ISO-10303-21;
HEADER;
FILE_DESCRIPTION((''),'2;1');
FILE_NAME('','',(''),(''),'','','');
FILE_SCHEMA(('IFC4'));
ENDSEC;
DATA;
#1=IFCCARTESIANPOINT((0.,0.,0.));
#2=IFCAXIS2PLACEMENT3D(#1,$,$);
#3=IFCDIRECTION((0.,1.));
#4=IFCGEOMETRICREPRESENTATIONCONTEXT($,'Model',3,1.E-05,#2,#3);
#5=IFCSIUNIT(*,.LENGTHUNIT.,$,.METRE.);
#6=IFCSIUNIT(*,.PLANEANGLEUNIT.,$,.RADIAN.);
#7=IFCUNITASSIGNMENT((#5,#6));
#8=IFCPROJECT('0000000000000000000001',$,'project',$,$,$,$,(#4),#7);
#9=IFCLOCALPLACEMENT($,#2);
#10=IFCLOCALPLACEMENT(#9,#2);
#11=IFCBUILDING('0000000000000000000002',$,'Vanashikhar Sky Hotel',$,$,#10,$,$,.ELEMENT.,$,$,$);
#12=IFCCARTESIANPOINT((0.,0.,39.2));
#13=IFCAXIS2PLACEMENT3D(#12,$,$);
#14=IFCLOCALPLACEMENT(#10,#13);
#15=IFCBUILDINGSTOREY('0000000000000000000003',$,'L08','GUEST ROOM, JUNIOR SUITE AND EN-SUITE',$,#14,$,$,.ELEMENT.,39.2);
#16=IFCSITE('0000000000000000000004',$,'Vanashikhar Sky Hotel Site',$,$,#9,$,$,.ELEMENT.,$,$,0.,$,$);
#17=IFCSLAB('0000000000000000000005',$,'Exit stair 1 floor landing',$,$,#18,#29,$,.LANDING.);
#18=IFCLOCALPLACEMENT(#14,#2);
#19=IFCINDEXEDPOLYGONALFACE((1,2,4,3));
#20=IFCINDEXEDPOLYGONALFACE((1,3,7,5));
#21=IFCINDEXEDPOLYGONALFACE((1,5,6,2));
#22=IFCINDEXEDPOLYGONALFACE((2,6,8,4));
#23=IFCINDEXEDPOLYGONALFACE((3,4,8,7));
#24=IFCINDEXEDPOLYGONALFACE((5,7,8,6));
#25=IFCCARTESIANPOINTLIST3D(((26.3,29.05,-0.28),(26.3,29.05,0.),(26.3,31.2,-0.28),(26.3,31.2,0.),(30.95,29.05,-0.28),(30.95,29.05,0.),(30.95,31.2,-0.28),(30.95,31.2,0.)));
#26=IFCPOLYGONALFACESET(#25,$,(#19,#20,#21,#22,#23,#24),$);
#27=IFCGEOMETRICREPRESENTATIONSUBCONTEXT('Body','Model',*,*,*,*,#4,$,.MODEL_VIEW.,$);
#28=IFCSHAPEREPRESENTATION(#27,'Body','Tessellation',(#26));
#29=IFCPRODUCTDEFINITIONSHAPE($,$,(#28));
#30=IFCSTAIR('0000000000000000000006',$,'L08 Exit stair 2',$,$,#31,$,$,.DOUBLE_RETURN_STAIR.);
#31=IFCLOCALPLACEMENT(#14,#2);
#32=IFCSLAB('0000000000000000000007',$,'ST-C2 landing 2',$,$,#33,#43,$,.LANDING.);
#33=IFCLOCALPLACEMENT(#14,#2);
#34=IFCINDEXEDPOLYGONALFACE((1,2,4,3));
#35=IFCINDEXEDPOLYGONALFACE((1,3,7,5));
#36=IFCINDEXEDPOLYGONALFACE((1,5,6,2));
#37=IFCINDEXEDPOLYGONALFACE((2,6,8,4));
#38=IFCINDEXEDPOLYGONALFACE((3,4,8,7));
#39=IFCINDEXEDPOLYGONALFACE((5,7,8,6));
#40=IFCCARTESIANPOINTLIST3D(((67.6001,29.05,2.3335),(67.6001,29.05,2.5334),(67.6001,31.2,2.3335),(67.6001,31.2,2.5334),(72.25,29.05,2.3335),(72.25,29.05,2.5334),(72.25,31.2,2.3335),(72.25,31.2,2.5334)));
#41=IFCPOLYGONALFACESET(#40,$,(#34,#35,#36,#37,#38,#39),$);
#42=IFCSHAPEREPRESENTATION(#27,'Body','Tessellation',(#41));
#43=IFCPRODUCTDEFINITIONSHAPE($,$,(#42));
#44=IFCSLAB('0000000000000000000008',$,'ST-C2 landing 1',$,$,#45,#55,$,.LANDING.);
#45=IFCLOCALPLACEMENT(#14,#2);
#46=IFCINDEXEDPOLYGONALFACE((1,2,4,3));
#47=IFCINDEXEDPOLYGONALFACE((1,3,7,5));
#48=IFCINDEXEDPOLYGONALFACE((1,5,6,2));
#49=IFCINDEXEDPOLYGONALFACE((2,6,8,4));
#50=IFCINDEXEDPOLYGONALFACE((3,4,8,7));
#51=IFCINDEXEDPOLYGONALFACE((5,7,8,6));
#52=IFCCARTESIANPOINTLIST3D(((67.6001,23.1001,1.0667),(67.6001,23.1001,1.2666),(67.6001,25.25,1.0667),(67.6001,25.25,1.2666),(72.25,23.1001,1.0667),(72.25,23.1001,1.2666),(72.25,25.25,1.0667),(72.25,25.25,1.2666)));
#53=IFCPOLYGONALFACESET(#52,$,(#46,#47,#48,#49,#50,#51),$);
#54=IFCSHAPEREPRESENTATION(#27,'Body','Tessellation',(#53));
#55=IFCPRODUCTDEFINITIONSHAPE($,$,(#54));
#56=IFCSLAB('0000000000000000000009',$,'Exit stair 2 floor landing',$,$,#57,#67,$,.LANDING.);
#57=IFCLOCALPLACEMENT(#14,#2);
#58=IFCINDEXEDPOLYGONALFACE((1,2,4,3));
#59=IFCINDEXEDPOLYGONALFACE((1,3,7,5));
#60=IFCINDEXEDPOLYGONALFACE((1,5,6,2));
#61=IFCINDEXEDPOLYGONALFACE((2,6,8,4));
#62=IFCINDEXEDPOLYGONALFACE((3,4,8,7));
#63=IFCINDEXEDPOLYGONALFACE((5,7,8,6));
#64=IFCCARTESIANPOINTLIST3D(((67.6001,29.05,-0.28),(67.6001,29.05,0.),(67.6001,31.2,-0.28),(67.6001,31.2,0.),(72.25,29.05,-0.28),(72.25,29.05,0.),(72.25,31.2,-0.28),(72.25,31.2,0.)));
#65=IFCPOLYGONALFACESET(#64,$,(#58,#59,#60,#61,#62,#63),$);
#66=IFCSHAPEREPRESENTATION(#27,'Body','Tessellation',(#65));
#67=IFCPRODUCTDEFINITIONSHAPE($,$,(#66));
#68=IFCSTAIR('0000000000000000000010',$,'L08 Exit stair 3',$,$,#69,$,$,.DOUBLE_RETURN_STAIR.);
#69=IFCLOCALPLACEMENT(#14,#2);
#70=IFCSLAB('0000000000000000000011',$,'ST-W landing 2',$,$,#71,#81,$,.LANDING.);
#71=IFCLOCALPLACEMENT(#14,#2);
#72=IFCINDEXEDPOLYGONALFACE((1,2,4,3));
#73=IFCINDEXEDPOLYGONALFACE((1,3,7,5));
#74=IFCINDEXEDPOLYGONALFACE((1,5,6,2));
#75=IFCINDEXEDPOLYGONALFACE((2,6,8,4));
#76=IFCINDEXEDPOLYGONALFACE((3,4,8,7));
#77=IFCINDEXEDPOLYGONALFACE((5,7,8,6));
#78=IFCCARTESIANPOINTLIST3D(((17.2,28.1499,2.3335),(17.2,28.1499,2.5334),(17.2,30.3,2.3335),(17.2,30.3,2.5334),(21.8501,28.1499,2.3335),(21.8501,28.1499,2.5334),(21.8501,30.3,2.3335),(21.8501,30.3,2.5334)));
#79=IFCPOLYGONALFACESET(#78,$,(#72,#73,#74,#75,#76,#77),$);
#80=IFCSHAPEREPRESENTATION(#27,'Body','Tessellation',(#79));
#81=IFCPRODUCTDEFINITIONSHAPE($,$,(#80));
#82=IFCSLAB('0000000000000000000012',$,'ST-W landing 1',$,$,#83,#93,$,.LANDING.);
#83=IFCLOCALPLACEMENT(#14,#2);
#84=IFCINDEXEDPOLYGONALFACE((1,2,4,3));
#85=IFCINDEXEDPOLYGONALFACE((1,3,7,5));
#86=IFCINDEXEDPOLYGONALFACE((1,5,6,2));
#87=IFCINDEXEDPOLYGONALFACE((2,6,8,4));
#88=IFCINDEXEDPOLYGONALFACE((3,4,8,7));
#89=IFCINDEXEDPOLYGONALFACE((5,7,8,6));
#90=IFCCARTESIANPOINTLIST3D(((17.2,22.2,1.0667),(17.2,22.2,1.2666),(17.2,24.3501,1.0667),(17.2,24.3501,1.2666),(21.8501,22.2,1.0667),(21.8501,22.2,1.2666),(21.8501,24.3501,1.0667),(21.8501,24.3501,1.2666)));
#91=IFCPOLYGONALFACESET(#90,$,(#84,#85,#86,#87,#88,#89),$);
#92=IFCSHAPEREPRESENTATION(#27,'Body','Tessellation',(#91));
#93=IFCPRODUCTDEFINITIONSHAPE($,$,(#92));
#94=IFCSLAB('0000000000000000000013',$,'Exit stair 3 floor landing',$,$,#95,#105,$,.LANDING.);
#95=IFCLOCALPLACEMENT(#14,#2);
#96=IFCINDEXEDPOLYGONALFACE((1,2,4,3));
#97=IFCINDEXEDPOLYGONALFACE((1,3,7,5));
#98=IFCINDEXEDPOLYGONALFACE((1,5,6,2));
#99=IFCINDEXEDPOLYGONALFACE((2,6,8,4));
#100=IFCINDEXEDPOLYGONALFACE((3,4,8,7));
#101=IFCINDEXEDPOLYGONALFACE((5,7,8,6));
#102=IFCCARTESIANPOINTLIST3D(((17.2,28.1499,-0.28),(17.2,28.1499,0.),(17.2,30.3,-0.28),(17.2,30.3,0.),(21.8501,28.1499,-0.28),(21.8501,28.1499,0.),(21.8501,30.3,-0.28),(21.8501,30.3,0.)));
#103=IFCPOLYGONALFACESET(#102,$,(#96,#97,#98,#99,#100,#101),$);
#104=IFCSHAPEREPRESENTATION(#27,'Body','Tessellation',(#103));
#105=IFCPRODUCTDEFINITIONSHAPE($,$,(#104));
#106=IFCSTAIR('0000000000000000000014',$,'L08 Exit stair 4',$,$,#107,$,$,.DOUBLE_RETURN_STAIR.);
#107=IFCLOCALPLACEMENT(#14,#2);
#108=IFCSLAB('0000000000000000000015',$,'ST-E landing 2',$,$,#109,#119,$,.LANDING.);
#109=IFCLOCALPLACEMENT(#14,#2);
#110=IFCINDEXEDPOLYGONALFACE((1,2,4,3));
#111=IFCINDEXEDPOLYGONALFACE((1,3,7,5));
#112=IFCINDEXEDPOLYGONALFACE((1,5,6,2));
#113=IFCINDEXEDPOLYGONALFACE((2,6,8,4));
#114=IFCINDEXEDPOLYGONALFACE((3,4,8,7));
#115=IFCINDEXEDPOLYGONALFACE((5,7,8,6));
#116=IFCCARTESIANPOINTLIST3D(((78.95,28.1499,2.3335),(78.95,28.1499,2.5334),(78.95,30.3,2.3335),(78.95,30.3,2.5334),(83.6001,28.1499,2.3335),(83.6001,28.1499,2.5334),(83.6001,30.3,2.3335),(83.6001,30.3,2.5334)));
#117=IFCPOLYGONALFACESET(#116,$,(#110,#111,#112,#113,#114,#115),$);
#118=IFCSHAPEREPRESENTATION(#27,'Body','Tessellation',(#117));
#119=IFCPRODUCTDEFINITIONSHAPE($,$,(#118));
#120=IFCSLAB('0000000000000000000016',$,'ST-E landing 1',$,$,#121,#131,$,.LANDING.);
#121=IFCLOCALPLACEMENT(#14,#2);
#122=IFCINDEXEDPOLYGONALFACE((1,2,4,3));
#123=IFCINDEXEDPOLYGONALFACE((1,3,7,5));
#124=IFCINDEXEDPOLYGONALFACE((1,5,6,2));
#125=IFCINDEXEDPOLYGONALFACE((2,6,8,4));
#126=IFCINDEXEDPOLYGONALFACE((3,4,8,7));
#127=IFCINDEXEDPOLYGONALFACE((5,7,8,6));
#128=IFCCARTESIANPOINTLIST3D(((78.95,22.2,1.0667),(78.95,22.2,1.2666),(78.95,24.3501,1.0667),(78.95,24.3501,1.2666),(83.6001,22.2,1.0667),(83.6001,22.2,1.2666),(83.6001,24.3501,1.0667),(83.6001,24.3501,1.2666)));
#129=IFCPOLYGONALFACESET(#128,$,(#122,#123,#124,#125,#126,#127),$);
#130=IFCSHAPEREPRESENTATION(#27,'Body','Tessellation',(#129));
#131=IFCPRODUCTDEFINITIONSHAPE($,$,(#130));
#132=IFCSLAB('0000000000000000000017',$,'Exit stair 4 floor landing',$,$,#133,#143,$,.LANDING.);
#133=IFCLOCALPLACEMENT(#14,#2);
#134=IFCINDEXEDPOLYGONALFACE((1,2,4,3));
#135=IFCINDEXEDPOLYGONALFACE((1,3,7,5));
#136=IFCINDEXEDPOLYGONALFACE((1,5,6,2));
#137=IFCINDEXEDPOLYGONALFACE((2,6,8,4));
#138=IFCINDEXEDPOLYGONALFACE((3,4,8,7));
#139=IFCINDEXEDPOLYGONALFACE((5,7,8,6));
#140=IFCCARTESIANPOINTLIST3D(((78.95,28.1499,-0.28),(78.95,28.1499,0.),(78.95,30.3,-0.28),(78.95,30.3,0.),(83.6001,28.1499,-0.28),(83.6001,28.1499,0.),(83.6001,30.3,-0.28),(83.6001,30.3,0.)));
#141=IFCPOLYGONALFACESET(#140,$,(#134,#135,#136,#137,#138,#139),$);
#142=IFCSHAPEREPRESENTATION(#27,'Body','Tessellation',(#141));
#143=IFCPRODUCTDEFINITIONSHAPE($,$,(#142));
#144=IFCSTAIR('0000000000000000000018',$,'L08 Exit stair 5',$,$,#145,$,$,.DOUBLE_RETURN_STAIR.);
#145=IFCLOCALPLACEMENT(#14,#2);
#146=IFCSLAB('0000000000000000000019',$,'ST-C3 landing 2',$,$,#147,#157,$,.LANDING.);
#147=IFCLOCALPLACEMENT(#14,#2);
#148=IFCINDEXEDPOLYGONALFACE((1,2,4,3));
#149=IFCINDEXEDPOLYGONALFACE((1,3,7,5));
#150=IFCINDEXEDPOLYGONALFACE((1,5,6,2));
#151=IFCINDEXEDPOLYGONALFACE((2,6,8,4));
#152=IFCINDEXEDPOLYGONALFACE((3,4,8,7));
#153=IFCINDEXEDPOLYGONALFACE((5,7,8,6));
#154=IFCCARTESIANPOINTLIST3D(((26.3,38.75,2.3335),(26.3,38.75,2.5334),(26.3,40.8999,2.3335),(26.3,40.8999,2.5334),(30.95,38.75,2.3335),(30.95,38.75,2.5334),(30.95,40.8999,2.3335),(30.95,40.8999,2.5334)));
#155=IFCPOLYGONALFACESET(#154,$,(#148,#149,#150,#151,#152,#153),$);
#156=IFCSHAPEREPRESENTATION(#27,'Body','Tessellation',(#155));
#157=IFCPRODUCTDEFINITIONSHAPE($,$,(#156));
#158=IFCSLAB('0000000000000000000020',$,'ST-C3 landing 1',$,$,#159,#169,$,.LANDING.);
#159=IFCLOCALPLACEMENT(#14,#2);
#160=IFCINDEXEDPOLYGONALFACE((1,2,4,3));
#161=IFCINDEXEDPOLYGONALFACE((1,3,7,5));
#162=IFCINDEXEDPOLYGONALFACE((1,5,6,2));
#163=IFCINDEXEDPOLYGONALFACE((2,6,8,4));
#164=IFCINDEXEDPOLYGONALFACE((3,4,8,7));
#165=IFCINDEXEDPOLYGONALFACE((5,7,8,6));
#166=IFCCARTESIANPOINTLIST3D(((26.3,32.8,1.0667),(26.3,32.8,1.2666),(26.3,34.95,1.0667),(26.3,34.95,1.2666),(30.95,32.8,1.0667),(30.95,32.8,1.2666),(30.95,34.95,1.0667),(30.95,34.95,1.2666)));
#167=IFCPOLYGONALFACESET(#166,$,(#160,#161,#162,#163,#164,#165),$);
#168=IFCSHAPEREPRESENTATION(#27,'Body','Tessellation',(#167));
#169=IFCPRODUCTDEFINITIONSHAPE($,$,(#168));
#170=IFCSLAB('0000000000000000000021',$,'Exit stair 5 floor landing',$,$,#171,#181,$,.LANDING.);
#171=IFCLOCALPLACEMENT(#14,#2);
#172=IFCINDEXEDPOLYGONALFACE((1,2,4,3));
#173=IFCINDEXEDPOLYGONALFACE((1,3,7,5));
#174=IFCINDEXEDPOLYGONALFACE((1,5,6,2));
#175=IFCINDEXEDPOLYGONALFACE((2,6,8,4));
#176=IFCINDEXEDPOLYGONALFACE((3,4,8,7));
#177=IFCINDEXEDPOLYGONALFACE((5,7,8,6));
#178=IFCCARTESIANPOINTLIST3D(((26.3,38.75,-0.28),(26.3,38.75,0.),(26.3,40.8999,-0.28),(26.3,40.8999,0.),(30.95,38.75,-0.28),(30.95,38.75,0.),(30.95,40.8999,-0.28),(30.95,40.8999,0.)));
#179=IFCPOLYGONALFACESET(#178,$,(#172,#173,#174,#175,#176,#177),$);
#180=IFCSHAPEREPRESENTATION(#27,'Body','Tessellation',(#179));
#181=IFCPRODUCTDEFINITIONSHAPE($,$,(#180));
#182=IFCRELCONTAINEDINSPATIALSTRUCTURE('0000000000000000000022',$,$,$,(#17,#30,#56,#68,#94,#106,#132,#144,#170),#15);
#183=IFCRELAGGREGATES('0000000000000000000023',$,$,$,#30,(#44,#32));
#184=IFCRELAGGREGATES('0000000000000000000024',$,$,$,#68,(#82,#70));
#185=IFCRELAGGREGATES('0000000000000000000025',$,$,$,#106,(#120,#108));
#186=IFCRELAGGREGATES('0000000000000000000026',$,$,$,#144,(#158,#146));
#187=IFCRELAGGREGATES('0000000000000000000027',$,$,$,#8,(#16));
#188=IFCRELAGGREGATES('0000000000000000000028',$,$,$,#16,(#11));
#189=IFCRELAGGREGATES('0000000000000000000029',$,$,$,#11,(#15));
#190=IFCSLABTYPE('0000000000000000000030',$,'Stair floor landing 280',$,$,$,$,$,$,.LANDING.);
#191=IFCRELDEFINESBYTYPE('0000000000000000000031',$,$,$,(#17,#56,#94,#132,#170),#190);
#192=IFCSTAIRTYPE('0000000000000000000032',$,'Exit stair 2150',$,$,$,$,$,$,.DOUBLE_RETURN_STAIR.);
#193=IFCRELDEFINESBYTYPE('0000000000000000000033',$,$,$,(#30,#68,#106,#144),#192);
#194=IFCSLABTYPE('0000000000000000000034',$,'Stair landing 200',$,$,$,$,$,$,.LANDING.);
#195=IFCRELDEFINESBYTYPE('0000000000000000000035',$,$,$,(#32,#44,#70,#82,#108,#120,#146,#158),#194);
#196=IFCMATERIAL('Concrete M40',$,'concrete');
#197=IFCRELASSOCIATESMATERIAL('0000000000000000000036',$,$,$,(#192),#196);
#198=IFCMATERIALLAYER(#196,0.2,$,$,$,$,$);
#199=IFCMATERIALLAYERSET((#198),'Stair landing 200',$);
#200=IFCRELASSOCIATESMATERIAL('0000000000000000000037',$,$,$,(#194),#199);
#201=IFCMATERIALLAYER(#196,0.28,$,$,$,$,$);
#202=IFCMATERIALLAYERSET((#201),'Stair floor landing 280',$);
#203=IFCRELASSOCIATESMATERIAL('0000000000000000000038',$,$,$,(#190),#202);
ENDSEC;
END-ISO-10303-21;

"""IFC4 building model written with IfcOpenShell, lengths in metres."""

from ifc_helpers import new_model, si_unit, direction, frame, origin, place, context, subcontext, project, spatial, polyline, outline, extrude, source, transform, mapped, material, layer, layer_set, type_object, element, aggregate, save


model = new_model("IFC4")

# Units and contexts
model_context = context("Model", 3, precision=1e-05, world=origin(), true_north=direction((0.0, 1.0)))
body_context = subcontext(model_context, "Body", "Model", "MODEL_VIEW")
ifc_project = project(units=[si_unit("LENGTHUNIT", "METRE"), si_unit("PLANEANGLEUNIT", "RADIAN")], contexts=[model_context])

# Site, building, storey
site_placement = place(None, origin())
site = spatial("IfcSite", under=ifc_project, at=site_placement, Name="Vanashikhar Sky Hotel Site", CompositionType="ELEMENT", RefElevation=0.0)
building_placement = place(site_placement, origin())
building = spatial("IfcBuilding", under=site, at=building_placement, Name="Vanashikhar Sky Hotel", CompositionType="ELEMENT")
storey_placement = place(building_placement, frame((0.0, 0.0, 39.2)))
storey = spatial("IfcBuildingStorey", under=building, at=storey_placement, Name="L08", Description="GUEST ROOM, JUNIOR SUITE AND EN-SUITE", CompositionType="ELEMENT", Elevation=39.2)

# Shared definitions
ifc_material_1 = material(Name="Concrete M40", Category="concrete")

# Shared definitions
stair_type = type_object("IfcStairType", Name="Exit stair 2150", PredefinedType="DOUBLE_RETURN_STAIR", material=ifc_material_1)
ifc_layer_1 = layer(ifc_material_1, 0.2)
ifc_layer_set_1 = layer_set([ifc_layer_1], Name="Stair landing 200")
slab_type_1 = type_object("IfcSlabType", Name="Stair landing 200", PredefinedType="LANDING", material=ifc_layer_set_1)

# Slab
ifc_layer_2 = layer(ifc_material_1, 0.28)
ifc_layer_set_2 = layer_set([ifc_layer_2], Name="Stair floor landing 280")
slab_type_2 = type_object("IfcSlabType", Name="Stair floor landing 280", PredefinedType="LANDING", material=ifc_layer_set_2)
shared_shape_1 = source(origin(), body_context, "Body", "SweptSolid", [
    extrude(outline(polyline([(30.95, 29.05), (30.95, 31.2), (26.3, 31.2), (26.3, 29.05), (30.95, 29.05)])), origin(), (0.0, 0.0, 1.0), 0.28),
])
slab_1_placement = place(storey_placement, frame((0.0, 0.0, -0.28)))
element("IfcSlab", 1, at=slab_1_placement, inside=storey, type_object=slab_type_2, Name="Exit stair 1 floor landing", PredefinedType="LANDING", context=body_context, shape_type="MappedRepresentation", body=[
    mapped(shared_shape_1, transform((0.0, 0.0, 0.0), scale=1.0)),
])

# Stair, slabs
stair_1_placement = place(storey_placement, origin())
stair_1 = element("IfcStair", 2, at=stair_1_placement, inside=storey, type_object=stair_type, Name="L08 Exit stair 2", PredefinedType="DOUBLE_RETURN_STAIR")
shared_shape_2 = source(origin(), body_context, "Body", "SweptSolid", [
    extrude(outline(polyline([(72.25, 29.05), (72.25, 31.2), (67.6001, 31.2), (67.6001, 29.05), (72.25, 29.05)])), origin(), (0.0, 0.0, 1.0), 0.2),
])
slab_2_placement = place(storey_placement, frame((0.0, 0.0, 2.3335)))
slab_2 = element("IfcSlab", 3, at=slab_2_placement, type_object=slab_type_1, Name="ST-C2 landing 2", PredefinedType="LANDING", context=body_context, shape_type="MappedRepresentation", body=[
    mapped(shared_shape_2, transform((0.0, 0.0, 0.0), scale=1.0)),
])
shared_shape_3 = source(origin(), body_context, "Body", "SweptSolid", [
    extrude(outline(polyline([(72.25, 23.1001), (72.25, 25.25), (67.6001, 25.25), (67.6001, 23.1001), (72.25, 23.1001)])), origin(), (0.0, 0.0, 1.0), 0.2),
])
slab_3_placement = place(storey_placement, frame((0.0, 0.0, 1.0667)))
slab_3 = element("IfcSlab", 4, at=slab_3_placement, type_object=slab_type_1, Name="ST-C2 landing 1", PredefinedType="LANDING", context=body_context, shape_type="MappedRepresentation", body=[
    mapped(shared_shape_3, transform((0.0, 0.0, 0.0), scale=1.0)),
])
aggregate(stair_1, [slab_3, slab_2])

# Slab
shared_shape_4 = source(origin(), body_context, "Body", "SweptSolid", [
    extrude(outline(polyline([(72.25, 29.05), (72.25, 31.2), (67.6001, 31.2), (67.6001, 29.05), (72.25, 29.05)])), origin(), (0.0, 0.0, 1.0), 0.28),
])
slab_4_placement = place(storey_placement, frame((0.0, 0.0, -0.28)))
element("IfcSlab", 5, at=slab_4_placement, inside=storey, type_object=slab_type_2, Name="Exit stair 2 floor landing", PredefinedType="LANDING", context=body_context, shape_type="MappedRepresentation", body=[
    mapped(shared_shape_4, transform((0.0, 0.0, 0.0), scale=1.0)),
])

# Stair, slabs
stair_2_placement = place(storey_placement, origin())
stair_2 = element("IfcStair", 6, at=stair_2_placement, inside=storey, type_object=stair_type, Name="L08 Exit stair 3", PredefinedType="DOUBLE_RETURN_STAIR")
shared_shape_5 = source(origin(), body_context, "Body", "SweptSolid", [
    extrude(outline(polyline([(21.8501, 28.1499), (21.8501, 30.3), (17.2, 30.3), (17.2, 28.1499), (21.8501, 28.1499)])), origin(), (0.0, 0.0, 1.0), 0.2),
])
slab_5_placement = place(storey_placement, frame((0.0, 0.0, 2.3335)))
slab_5 = element("IfcSlab", 7, at=slab_5_placement, type_object=slab_type_1, Name="ST-W landing 2", PredefinedType="LANDING", context=body_context, shape_type="MappedRepresentation", body=[
    mapped(shared_shape_5, transform((0.0, 0.0, 0.0), scale=1.0)),
])
shared_shape_6 = source(origin(), body_context, "Body", "SweptSolid", [
    extrude(outline(polyline([(21.8501, 22.2), (21.8501, 24.3501), (17.2, 24.3501), (17.2, 22.2), (21.8501, 22.2)])), origin(), (0.0, 0.0, 1.0), 0.2),
])
slab_6_placement = place(storey_placement, frame((0.0, 0.0, 1.0667)))
slab_6 = element("IfcSlab", 8, at=slab_6_placement, type_object=slab_type_1, Name="ST-W landing 1", PredefinedType="LANDING", context=body_context, shape_type="MappedRepresentation", body=[
    mapped(shared_shape_6, transform((0.0, 0.0, 0.0), scale=1.0)),
])
aggregate(stair_2, [slab_6, slab_5])

# Slab
shared_shape_7 = source(origin(), body_context, "Body", "SweptSolid", [
    extrude(outline(polyline([(21.8501, 28.1499), (21.8501, 30.3), (17.2, 30.3), (17.2, 28.1499), (21.8501, 28.1499)])), origin(), (0.0, 0.0, 1.0), 0.28),
])
slab_7_placement = place(storey_placement, frame((0.0, 0.0, -0.28)))
element("IfcSlab", 9, at=slab_7_placement, inside=storey, type_object=slab_type_2, Name="Exit stair 3 floor landing", PredefinedType="LANDING", context=body_context, shape_type="MappedRepresentation", body=[
    mapped(shared_shape_7, transform((0.0, 0.0, 0.0), scale=1.0)),
])

# Stair, slabs
stair_3_placement = place(storey_placement, origin())
stair_3 = element("IfcStair", 10, at=stair_3_placement, inside=storey, type_object=stair_type, Name="L08 Exit stair 4", PredefinedType="DOUBLE_RETURN_STAIR")
shared_shape_8 = source(origin(), body_context, "Body", "SweptSolid", [
    extrude(outline(polyline([(83.6001, 28.1499), (83.6001, 30.3), (78.95, 30.3), (78.95, 28.1499), (83.6001, 28.1499)])), origin(), (0.0, 0.0, 1.0), 0.2),
])
slab_8_placement = place(storey_placement, frame((0.0, 0.0, 2.3335)))
slab_8 = element("IfcSlab", 11, at=slab_8_placement, type_object=slab_type_1, Name="ST-E landing 2", PredefinedType="LANDING", context=body_context, shape_type="MappedRepresentation", body=[
    mapped(shared_shape_8, transform((0.0, 0.0, 0.0), scale=1.0)),
])
shared_shape_9 = source(origin(), body_context, "Body", "SweptSolid", [
    extrude(outline(polyline([(83.6001, 22.2), (83.6001, 24.3501), (78.95, 24.3501), (78.95, 22.2), (83.6001, 22.2)])), origin(), (0.0, 0.0, 1.0), 0.2),
])
slab_9_placement = place(storey_placement, frame((0.0, 0.0, 1.0667)))
slab_9 = element("IfcSlab", 12, at=slab_9_placement, type_object=slab_type_1, Name="ST-E landing 1", PredefinedType="LANDING", context=body_context, shape_type="MappedRepresentation", body=[
    mapped(shared_shape_9, transform((0.0, 0.0, 0.0), scale=1.0)),
])
aggregate(stair_3, [slab_9, slab_8])

# Slab
shared_shape_10 = source(origin(), body_context, "Body", "SweptSolid", [
    extrude(outline(polyline([(83.6001, 28.1499), (83.6001, 30.3), (78.95, 30.3), (78.95, 28.1499), (83.6001, 28.1499)])), origin(), (0.0, 0.0, 1.0), 0.28),
])
slab_10_placement = place(storey_placement, frame((0.0, 0.0, -0.28)))
element("IfcSlab", 13, at=slab_10_placement, inside=storey, type_object=slab_type_2, Name="Exit stair 4 floor landing", PredefinedType="LANDING", context=body_context, shape_type="MappedRepresentation", body=[
    mapped(shared_shape_10, transform((0.0, 0.0, 0.0), scale=1.0)),
])

# Stair, slabs
stair_4_placement = place(storey_placement, origin())
stair_4 = element("IfcStair", 14, at=stair_4_placement, inside=storey, type_object=stair_type, Name="L08 Exit stair 5", PredefinedType="DOUBLE_RETURN_STAIR")
shared_shape_11 = source(origin(), body_context, "Body", "SweptSolid", [
    extrude(outline(polyline([(30.95, 38.75), (30.95, 40.8999), (26.3, 40.8999), (26.3, 38.75), (30.95, 38.75)])), origin(), (0.0, 0.0, 1.0), 0.2),
])
slab_11_placement = place(storey_placement, frame((0.0, 0.0, 2.3335)))
slab_11 = element("IfcSlab", 15, at=slab_11_placement, type_object=slab_type_1, Name="ST-C3 landing 2", PredefinedType="LANDING", context=body_context, shape_type="MappedRepresentation", body=[
    mapped(shared_shape_11, transform((0.0, 0.0, 0.0), scale=1.0)),
])
shared_shape_12 = source(origin(), body_context, "Body", "SweptSolid", [
    extrude(outline(polyline([(30.95, 32.8), (30.95, 34.95), (26.3, 34.95), (26.3, 32.8), (30.95, 32.8)])), origin(), (0.0, 0.0, 1.0), 0.2),
])
slab_12_placement = place(storey_placement, frame((0.0, 0.0, 1.0667)))
slab_12 = element("IfcSlab", 16, at=slab_12_placement, type_object=slab_type_1, Name="ST-C3 landing 1", PredefinedType="LANDING", context=body_context, shape_type="MappedRepresentation", body=[
    mapped(shared_shape_12, transform((0.0, 0.0, 0.0), scale=1.0)),
])
aggregate(stair_4, [slab_12, slab_11])

# Slab
shared_shape_13 = source(origin(), body_context, "Body", "SweptSolid", [
    extrude(outline(polyline([(30.95, 38.75), (30.95, 40.8999), (26.3, 40.8999), (26.3, 38.75), (30.95, 38.75)])), origin(), (0.0, 0.0, 1.0), 0.28),
])
slab_13_placement = place(storey_placement, frame((0.0, 0.0, -0.28)))
element("IfcSlab", 17, at=slab_13_placement, inside=storey, type_object=slab_type_2, Name="Exit stair 5 floor landing", PredefinedType="LANDING", context=body_context, shape_type="MappedRepresentation", body=[
    mapped(shared_shape_13, transform((0.0, 0.0, 0.0), scale=1.0)),
])

save(model, "model.ifc")
